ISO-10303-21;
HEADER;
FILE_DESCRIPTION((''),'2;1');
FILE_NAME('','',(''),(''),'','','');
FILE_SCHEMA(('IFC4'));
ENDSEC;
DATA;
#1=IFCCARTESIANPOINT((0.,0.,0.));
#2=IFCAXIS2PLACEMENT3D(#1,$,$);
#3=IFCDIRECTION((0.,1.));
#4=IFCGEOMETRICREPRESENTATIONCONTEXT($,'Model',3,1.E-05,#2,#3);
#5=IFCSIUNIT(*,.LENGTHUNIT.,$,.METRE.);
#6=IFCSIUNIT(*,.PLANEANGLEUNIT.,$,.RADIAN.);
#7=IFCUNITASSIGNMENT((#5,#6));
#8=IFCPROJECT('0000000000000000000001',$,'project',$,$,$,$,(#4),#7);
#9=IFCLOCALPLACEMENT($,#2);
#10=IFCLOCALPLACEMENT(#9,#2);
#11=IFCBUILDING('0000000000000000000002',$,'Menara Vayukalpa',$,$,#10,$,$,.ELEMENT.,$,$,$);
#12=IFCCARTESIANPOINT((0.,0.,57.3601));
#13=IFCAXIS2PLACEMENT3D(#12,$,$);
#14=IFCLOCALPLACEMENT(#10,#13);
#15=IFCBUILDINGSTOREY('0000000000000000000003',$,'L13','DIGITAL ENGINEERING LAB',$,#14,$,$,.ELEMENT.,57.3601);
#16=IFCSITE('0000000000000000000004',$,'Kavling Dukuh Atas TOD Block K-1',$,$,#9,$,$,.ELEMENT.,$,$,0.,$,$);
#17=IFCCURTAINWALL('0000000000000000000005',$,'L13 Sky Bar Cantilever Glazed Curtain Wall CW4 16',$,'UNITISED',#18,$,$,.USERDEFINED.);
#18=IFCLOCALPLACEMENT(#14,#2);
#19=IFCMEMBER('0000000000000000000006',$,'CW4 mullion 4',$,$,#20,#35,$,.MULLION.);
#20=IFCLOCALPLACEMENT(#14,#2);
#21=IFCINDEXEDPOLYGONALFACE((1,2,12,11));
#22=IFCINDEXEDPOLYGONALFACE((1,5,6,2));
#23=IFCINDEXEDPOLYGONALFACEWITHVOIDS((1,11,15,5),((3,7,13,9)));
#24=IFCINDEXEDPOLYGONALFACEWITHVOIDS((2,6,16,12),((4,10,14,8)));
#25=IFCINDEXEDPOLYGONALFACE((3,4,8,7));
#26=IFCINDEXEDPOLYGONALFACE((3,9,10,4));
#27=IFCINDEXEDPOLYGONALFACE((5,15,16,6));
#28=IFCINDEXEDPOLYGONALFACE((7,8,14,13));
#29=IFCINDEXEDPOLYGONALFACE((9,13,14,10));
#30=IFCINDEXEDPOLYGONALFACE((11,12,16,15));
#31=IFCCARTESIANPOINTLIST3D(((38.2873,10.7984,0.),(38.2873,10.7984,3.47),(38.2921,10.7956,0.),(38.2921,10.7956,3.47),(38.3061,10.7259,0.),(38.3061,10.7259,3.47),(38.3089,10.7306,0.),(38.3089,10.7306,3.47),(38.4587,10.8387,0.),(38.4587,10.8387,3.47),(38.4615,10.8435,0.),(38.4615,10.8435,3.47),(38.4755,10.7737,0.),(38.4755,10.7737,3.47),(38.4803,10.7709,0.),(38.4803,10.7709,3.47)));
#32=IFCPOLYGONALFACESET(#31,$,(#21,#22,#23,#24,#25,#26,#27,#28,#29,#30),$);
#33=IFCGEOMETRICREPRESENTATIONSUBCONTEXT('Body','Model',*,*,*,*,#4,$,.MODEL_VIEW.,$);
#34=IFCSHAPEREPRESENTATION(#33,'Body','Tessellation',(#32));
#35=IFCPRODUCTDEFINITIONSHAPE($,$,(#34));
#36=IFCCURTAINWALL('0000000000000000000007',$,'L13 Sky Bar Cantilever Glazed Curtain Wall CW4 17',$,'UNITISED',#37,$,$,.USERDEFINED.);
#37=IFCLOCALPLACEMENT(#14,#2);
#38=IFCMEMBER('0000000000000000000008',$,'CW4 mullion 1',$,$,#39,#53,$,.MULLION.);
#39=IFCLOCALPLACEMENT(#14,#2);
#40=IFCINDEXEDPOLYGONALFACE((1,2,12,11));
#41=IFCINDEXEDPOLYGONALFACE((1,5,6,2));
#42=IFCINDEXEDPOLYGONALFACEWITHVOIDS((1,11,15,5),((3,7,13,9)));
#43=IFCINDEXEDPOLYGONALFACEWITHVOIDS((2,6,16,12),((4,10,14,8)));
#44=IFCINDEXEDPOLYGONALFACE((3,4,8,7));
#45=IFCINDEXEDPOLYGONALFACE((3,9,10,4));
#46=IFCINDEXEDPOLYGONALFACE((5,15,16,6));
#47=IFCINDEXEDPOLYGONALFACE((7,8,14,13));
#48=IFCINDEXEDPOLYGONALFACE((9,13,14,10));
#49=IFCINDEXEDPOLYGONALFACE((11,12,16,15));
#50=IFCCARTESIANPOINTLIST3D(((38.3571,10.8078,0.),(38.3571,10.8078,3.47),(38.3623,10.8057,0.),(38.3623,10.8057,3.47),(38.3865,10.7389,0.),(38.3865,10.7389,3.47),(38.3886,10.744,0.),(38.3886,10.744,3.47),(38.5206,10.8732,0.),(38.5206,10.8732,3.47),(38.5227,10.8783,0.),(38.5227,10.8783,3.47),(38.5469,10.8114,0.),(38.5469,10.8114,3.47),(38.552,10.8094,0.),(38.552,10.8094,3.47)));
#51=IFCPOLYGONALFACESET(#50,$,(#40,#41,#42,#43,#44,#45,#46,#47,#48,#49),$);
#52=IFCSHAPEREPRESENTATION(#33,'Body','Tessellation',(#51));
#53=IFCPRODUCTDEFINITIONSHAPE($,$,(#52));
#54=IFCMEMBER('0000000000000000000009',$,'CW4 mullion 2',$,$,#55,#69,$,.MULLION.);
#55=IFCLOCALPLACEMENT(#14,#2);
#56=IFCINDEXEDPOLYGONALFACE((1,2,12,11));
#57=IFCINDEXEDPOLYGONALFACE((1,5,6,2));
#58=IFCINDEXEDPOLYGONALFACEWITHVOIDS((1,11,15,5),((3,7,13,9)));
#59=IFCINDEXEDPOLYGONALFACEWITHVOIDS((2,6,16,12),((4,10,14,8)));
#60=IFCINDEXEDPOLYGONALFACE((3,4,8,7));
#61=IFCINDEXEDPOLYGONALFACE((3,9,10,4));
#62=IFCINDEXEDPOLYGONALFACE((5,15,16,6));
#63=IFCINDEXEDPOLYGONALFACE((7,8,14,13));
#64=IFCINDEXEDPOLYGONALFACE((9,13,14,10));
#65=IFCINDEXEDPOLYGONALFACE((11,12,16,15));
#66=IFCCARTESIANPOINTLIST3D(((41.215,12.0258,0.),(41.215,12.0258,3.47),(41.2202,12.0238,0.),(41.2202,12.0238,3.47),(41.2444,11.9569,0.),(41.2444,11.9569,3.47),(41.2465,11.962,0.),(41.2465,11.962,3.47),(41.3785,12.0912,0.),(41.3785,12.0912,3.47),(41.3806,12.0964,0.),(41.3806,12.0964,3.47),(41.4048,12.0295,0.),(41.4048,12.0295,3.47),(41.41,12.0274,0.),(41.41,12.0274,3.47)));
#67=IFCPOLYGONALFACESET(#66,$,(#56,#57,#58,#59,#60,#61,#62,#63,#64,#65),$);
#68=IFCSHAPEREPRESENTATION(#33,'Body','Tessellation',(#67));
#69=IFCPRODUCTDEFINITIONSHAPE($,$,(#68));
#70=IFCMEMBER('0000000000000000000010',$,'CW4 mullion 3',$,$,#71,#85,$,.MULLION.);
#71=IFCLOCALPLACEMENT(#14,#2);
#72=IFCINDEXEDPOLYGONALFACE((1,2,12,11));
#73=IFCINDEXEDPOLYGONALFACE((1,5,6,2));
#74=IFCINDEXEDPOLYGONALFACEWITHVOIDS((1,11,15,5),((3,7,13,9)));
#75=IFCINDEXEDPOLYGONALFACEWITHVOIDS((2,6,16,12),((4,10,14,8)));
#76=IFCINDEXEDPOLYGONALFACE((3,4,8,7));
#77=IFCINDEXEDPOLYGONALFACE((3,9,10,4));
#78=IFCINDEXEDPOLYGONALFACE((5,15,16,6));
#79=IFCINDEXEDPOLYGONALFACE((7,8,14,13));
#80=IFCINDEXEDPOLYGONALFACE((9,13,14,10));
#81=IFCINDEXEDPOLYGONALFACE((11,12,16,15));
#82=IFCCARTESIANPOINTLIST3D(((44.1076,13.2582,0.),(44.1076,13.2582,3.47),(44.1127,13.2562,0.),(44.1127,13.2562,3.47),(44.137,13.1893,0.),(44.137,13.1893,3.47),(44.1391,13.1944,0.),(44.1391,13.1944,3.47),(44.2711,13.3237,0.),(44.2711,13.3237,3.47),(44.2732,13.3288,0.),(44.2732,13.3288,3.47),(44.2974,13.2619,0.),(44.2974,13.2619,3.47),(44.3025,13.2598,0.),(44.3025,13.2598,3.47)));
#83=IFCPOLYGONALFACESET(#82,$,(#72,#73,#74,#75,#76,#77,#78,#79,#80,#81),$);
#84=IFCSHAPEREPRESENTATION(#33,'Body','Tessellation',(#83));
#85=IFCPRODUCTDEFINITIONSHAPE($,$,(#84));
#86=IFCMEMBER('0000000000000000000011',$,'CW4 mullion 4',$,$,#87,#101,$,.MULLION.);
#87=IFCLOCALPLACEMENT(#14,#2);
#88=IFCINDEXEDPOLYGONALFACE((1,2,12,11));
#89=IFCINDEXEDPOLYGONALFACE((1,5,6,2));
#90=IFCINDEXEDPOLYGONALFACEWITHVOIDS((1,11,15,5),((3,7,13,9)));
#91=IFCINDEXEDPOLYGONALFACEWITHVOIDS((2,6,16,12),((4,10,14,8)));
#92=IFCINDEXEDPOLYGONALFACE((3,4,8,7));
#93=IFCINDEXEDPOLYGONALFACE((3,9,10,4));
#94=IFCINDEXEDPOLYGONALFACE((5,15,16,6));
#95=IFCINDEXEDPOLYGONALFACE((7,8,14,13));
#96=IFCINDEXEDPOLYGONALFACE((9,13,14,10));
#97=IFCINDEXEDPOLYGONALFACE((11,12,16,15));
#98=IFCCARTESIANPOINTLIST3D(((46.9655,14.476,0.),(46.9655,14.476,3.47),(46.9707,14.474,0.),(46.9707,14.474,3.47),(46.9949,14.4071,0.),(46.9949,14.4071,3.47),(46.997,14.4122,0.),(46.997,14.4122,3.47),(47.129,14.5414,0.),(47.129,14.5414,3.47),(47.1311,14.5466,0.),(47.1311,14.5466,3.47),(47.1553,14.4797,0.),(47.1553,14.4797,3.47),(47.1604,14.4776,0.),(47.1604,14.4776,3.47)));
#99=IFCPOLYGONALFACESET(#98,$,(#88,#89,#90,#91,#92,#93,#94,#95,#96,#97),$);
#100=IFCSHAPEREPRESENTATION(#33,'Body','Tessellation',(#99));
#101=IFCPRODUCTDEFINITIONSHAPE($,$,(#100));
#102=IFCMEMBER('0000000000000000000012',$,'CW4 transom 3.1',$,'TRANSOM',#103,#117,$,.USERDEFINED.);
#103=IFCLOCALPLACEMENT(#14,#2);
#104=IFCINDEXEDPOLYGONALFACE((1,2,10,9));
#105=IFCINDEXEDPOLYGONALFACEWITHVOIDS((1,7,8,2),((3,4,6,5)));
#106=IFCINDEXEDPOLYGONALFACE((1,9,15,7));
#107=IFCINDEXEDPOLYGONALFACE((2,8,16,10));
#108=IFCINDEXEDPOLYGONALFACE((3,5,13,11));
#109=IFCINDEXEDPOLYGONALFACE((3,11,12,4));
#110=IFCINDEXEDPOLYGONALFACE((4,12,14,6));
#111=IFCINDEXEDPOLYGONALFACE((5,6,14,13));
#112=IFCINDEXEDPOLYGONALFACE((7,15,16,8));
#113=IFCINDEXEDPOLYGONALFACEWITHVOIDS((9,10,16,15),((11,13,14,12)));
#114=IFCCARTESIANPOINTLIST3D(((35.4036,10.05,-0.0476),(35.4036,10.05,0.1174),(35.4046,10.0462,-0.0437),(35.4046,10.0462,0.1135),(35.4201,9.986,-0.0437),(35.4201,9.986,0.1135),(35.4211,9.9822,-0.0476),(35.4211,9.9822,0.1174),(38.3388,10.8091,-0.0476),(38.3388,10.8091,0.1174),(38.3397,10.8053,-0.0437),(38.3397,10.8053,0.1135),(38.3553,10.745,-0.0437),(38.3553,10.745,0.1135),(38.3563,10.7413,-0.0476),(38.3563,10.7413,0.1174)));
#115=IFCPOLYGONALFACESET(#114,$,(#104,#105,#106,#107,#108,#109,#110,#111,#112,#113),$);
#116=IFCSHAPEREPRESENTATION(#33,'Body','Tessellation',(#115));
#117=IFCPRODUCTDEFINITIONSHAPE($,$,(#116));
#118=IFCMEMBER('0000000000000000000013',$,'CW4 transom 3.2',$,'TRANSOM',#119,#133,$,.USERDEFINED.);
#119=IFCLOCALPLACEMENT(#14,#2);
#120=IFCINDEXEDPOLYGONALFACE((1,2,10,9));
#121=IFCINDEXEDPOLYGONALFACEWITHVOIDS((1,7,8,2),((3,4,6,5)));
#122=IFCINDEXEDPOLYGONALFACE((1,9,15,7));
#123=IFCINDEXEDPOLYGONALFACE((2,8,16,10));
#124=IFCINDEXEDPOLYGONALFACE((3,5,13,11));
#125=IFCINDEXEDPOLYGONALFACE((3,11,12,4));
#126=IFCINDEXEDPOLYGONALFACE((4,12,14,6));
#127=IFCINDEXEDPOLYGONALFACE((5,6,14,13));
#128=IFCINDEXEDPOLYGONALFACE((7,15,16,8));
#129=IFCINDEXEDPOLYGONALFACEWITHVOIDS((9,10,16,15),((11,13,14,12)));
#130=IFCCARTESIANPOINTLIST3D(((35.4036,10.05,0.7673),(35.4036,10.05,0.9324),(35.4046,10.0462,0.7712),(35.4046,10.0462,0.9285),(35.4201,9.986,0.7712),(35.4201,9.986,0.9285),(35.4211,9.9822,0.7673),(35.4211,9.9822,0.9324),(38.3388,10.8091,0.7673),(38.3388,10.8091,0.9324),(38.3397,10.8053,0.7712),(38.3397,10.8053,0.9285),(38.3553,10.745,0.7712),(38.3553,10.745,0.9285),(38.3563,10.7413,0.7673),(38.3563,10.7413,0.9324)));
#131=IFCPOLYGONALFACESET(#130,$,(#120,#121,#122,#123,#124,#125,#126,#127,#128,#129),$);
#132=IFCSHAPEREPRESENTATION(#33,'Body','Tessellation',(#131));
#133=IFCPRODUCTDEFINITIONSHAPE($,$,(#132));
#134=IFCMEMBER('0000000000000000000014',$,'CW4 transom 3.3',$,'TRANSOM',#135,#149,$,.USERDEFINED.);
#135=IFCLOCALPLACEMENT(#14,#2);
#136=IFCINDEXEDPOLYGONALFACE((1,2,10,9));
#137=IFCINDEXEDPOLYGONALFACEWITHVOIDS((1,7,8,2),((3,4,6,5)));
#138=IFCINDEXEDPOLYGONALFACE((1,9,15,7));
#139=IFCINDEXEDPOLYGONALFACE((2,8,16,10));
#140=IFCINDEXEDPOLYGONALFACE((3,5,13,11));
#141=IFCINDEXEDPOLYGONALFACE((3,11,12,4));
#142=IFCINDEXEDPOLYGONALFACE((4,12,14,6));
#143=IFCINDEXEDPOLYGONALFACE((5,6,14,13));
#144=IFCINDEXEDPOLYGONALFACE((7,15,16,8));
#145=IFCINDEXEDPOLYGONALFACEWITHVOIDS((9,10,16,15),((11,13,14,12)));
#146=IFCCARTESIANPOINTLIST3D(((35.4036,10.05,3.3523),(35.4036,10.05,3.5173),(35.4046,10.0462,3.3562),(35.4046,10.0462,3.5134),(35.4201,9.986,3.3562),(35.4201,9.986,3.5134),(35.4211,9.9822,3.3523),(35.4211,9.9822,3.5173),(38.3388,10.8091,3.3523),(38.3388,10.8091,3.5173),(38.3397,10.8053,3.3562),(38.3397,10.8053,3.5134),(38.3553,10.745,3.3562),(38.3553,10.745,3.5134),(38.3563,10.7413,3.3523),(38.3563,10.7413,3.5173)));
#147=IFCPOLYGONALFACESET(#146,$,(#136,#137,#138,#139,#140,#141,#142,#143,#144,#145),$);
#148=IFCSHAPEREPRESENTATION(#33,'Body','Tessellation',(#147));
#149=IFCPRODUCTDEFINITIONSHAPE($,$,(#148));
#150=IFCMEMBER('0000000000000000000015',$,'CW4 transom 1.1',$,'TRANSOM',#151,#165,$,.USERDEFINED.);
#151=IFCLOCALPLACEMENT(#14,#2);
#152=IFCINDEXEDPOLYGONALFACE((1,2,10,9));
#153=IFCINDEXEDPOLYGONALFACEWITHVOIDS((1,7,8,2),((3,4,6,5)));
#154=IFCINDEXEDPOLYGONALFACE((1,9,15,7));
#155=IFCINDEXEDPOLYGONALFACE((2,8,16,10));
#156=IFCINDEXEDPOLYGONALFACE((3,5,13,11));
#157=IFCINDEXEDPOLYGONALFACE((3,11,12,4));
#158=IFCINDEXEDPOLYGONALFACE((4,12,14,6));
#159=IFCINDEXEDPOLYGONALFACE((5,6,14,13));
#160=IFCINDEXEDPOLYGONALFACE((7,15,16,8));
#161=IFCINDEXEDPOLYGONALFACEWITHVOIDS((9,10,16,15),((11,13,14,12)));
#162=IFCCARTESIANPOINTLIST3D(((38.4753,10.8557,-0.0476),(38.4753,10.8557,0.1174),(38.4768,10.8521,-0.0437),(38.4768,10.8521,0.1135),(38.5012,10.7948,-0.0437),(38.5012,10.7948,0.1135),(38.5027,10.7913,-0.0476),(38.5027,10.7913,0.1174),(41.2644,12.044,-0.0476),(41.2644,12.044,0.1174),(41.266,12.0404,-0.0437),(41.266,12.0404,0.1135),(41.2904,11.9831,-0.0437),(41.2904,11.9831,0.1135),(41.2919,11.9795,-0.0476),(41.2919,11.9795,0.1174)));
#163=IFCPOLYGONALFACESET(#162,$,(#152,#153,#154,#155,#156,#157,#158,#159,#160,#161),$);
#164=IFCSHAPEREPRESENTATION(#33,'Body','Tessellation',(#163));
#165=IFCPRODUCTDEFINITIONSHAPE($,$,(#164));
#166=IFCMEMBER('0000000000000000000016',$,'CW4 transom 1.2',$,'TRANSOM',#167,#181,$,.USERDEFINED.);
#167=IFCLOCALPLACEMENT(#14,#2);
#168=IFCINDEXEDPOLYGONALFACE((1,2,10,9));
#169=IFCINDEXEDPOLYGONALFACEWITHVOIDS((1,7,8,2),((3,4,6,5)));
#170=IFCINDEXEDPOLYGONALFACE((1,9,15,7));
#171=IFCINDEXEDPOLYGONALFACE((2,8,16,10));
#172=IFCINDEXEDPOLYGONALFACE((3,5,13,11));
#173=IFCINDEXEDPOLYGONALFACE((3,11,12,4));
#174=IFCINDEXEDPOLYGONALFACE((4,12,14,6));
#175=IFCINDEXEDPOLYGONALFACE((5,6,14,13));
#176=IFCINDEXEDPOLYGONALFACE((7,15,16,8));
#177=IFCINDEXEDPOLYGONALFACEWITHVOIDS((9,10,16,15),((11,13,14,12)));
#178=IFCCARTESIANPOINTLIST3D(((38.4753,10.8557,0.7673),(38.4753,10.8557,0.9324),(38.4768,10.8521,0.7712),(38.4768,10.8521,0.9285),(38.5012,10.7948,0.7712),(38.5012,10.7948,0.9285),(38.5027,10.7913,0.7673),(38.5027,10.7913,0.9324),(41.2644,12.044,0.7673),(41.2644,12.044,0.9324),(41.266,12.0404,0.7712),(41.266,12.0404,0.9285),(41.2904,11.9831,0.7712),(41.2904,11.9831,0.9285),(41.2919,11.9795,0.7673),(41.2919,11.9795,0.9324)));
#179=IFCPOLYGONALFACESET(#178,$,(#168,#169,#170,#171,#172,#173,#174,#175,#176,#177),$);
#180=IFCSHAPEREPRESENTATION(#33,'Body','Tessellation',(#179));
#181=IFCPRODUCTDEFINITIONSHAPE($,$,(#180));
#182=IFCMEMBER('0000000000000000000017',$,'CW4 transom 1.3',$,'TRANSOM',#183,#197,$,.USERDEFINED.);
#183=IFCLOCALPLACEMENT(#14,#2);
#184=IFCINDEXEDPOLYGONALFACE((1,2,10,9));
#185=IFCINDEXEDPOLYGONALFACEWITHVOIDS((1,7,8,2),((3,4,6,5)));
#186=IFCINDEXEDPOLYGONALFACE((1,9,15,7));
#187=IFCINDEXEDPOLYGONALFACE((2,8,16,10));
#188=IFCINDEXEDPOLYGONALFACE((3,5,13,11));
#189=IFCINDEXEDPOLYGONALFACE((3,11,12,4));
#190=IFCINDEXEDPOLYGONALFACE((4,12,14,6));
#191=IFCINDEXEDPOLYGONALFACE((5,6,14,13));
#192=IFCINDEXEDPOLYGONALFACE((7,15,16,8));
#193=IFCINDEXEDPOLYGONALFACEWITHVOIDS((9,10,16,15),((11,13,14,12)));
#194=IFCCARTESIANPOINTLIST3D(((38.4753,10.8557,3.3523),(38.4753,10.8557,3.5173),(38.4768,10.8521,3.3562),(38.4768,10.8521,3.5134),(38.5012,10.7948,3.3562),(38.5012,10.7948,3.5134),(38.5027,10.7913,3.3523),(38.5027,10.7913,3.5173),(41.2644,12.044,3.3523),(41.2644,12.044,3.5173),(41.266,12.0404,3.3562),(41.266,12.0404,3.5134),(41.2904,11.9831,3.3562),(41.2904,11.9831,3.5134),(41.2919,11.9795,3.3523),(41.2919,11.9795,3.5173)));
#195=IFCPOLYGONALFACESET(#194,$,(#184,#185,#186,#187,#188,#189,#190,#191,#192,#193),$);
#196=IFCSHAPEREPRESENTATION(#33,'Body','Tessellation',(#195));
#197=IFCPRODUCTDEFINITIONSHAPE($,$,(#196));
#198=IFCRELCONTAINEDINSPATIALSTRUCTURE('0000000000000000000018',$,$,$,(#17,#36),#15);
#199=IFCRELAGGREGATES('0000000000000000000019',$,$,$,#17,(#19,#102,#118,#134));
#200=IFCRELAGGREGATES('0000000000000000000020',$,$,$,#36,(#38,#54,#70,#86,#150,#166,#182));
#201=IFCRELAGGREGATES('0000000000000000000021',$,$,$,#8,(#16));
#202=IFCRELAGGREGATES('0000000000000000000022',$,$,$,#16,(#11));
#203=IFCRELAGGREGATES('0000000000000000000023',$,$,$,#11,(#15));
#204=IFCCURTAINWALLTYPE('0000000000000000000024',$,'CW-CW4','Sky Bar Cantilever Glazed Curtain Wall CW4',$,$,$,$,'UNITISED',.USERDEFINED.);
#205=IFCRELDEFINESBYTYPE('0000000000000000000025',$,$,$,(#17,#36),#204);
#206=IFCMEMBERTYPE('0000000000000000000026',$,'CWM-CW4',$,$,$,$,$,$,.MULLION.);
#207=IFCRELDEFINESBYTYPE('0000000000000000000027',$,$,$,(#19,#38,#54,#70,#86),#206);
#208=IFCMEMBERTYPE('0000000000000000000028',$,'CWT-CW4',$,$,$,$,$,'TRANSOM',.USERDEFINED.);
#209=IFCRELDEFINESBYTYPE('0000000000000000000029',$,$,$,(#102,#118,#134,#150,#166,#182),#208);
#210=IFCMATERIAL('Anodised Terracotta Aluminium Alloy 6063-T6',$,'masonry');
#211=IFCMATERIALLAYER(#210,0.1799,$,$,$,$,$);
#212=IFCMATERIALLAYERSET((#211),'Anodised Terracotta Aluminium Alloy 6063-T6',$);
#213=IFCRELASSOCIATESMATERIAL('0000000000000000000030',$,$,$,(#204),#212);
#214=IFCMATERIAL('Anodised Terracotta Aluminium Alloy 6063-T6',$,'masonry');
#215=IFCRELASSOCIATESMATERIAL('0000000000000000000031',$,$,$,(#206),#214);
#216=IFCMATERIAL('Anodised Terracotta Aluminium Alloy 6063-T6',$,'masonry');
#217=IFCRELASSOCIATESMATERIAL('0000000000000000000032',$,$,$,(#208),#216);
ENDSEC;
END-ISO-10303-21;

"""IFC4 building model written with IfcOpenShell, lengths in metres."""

from ifc_helpers import new_model, si_unit, direction, frame, origin, origin_2d, place, context, subcontext, project, spatial, hollow_rectangle, extrude, material, layer, layer_set, material_profile, profile_set, type_object, element, aggregate, save


model = new_model("IFC4")

# Units and contexts
model_context = context("Model", 3, precision=1e-05, world=origin(), true_north=direction((0.0, 1.0)))
body_context = subcontext(model_context, "Body", "Model", "MODEL_VIEW")
ifc_project = project(units=[si_unit("LENGTHUNIT", "METRE"), si_unit("PLANEANGLEUNIT", "RADIAN")], contexts=[model_context])

# Site, building, storey
site_placement = place(None, origin())
site = spatial("IfcSite", under=ifc_project, at=site_placement, Name="Kavling Dukuh Atas TOD Block K-1", CompositionType="ELEMENT", RefElevation=0.0)
building_placement = place(site_placement, origin())
building = spatial("IfcBuilding", under=site, at=building_placement, Name="Menara Vayukalpa", CompositionType="ELEMENT")
storey_placement = place(building_placement, frame((0.0, 0.0, 57.3601)))
storey = spatial("IfcBuildingStorey", under=building, at=storey_placement, Name="L13", Description="DIGITAL ENGINEERING LAB", CompositionType="ELEMENT", Elevation=57.3601)

# Curtain walls, members
ifc_material_1 = material(Name="Anodised Terracotta Aluminium Alloy 6063-T6", Category="masonry")
ifc_layer_1 = layer(ifc_material_1, 0.1799)
ifc_layer_set_1 = layer_set([ifc_layer_1], Name="Anodised Terracotta Aluminium Alloy 6063-T6")
curtain_wall_type = type_object("IfcCurtainWallType", Name="CW-CW4", Description="Sky Bar Cantilever Glazed Curtain Wall CW4", ElementType="UNITISED", PredefinedType="USERDEFINED", material=ifc_layer_set_1)
curtain_wall_1_placement = place(storey_placement, origin())
curtain_wall_1 = element("IfcCurtainWall", 1, at=curtain_wall_1_placement, inside=storey, type_object=curtain_wall_type, Name="L13 Sky Bar Cantilever Glazed Curtain Wall CW4 16", ObjectType="UNITISED", PredefinedType="USERDEFINED")
ifc_material_2 = material(Name="Anodised Terracotta Aluminium Alloy 6063-T6", Category="masonry")
ifc_material_profile_1 = material_profile(ifc_material_2, hollow_rectangle(XDim=0.075, YDim=0.1799, WallThickness=0.0039, at=origin_2d()), Name="ALU 75x180x4")
ifc_profile_set_1 = profile_set([ifc_material_profile_1], Name="Anodised Terracotta Aluminium Alloy 6063-T6")
member_type_1 = type_object("IfcMemberType", Name="CWM-CW4", PredefinedType="MULLION", material=ifc_profile_set_1)
member_1_placement = place(storey_placement, frame((38.3838, 10.7847, 0.0), z_axis=(0.0, 0.0, 1.0), x_axis=(-0.250403, 0.968142, 0.0)))
member_1 = element("IfcMember", 2, at=member_1_placement, type_object=member_type_1, Name="CW4 mullion 4", PredefinedType="MULLION", context=body_context, shape_type="SweptSolid", body=[
    extrude(hollow_rectangle(XDim=0.075, YDim=0.1799, WallThickness=0.0039, at=origin_2d()), origin(), (0.0, 0.0, 1.0), 3.47),
])
curtain_wall_2_placement = place(storey_placement, origin())
curtain_wall_2 = element("IfcCurtainWall", 3, at=curtain_wall_2_placement, inside=storey, type_object=curtain_wall_type, Name="L13 Sky Bar Cantilever Glazed Curtain Wall CW4 17", ObjectType="UNITISED", PredefinedType="USERDEFINED")
member_2_placement = place(storey_placement, frame((38.4546, 10.8086, 0.0), z_axis=(0.0, 0.0, 1.0), x_axis=(-0.392008, 0.919962, 0.0)))
member_2 = element("IfcMember", 4, at=member_2_placement, type_object=member_type_1, Name="CW4 mullion 1", PredefinedType="MULLION", context=body_context, shape_type="SweptSolid", body=[
    extrude(hollow_rectangle(XDim=0.075, YDim=0.1799, WallThickness=0.0039, at=origin_2d()), origin(), (0.0, 0.0, 1.0), 3.47),
])
member_3_placement = place(storey_placement, frame((41.3125, 12.0266, 0.0), z_axis=(0.0, 0.0, 1.0), x_axis=(-0.392008, 0.919962, 0.0)))
member_3 = element("IfcMember", 5, at=member_3_placement, type_object=member_type_1, Name="CW4 mullion 2", PredefinedType="MULLION", context=body_context, shape_type="SweptSolid", body=[
    extrude(hollow_rectangle(XDim=0.075, YDim=0.1799, WallThickness=0.0039, at=origin_2d()), origin(), (0.0, 0.0, 1.0), 3.47),
])
member_4_placement = place(storey_placement, frame((44.2051, 13.259, 0.0), z_axis=(0.0, 0.0, 1.0), x_axis=(-0.392008, 0.919962, 0.0)))
member_4 = element("IfcMember", 6, at=member_4_placement, type_object=member_type_1, Name="CW4 mullion 3", PredefinedType="MULLION", context=body_context, shape_type="SweptSolid", body=[
    extrude(hollow_rectangle(XDim=0.075, YDim=0.1799, WallThickness=0.0039, at=origin_2d()), origin(), (0.0, 0.0, 1.0), 3.47),
])
member_5_placement = place(storey_placement, frame((47.063, 14.4768, 0.0), z_axis=(0.0, 0.0, 1.0), x_axis=(-0.392008, 0.919962, 0.0)))
member_5 = element("IfcMember", 7, at=member_5_placement, type_object=member_type_1, Name="CW4 mullion 4", PredefinedType="MULLION", context=body_context, shape_type="SweptSolid", body=[
    extrude(hollow_rectangle(XDim=0.075, YDim=0.1799, WallThickness=0.0039, at=origin_2d()), origin(), (0.0, 0.0, 1.0), 3.47),
])

# Members
ifc_material_3 = material(Name="Anodised Terracotta Aluminium Alloy 6063-T6", Category="masonry")
ifc_material_profile_2 = material_profile(ifc_material_3, hollow_rectangle(XDim=0.0701, YDim=0.165, WallThickness=0.0039, at=origin_2d()), Name="ALU 70x165x4")
ifc_profile_set_2 = profile_set([ifc_material_profile_2], Name="Anodised Terracotta Aluminium Alloy 6063-T6")
member_type_2 = type_object("IfcMemberType", Name="CWT-CW4", ElementType="TRANSOM", PredefinedType="USERDEFINED", material=ifc_profile_set_2)
member_6_placement = place(storey_placement, frame((35.4124, 10.0161, 0.0349), z_axis=(0.96815, 0.250372, 0.0), x_axis=(-0.250372, 0.96815, 0.0)))
member_6 = element("IfcMember", 8, at=member_6_placement, type_object=member_type_2, Name="CW4 transom 3.1", ObjectType="TRANSOM", PredefinedType="USERDEFINED", context=body_context, shape_type="SweptSolid", body=[
    extrude(hollow_rectangle(XDim=0.0701, YDim=0.165, WallThickness=0.0039, at=origin_2d()), origin(), (0.0, 0.0, 1.0), 3.0317),
])
member_7_placement = place(storey_placement, frame((35.4124, 10.0161, 0.8499), z_axis=(0.96815, 0.250372, 0.0), x_axis=(-0.250372, 0.96815, 0.0)))
member_7 = element("IfcMember", 9, at=member_7_placement, type_object=member_type_2, Name="CW4 transom 3.2", ObjectType="TRANSOM", PredefinedType="USERDEFINED", context=body_context, shape_type="SweptSolid", body=[
    extrude(hollow_rectangle(XDim=0.0701, YDim=0.165, WallThickness=0.0039, at=origin_2d()), origin(), (0.0, 0.0, 1.0), 3.0317),
])
member_8_placement = place(storey_placement, frame((35.4124, 10.0161, 3.4348), z_axis=(0.96815, 0.250372, 0.0), x_axis=(-0.250372, 0.96815, 0.0)))
member_8 = element("IfcMember", 10, at=member_8_placement, type_object=member_type_2, Name="CW4 transom 3.3", ObjectType="TRANSOM", PredefinedType="USERDEFINED", context=body_context, shape_type="SweptSolid", body=[
    extrude(hollow_rectangle(XDim=0.0701, YDim=0.165, WallThickness=0.0039, at=origin_2d()), origin(), (0.0, 0.0, 1.0), 3.0317),
])
member_9_placement = place(storey_placement, frame((38.489, 10.8235, 0.0349), z_axis=(0.919988, 0.391945, 0.0), x_axis=(-0.391945, 0.919988, 0.0)))
member_9 = element("IfcMember", 11, at=member_9_placement, type_object=member_type_2, Name="CW4 transom 1.1", ObjectType="TRANSOM", PredefinedType="USERDEFINED", context=body_context, shape_type="SweptSolid", body=[
    extrude(hollow_rectangle(XDim=0.0701, YDim=0.165, WallThickness=0.0039, at=origin_2d()), origin(), (0.0, 0.0, 1.0), 3.0317),
])
member_10_placement = place(storey_placement, frame((38.489, 10.8235, 0.8499), z_axis=(0.919988, 0.391945, 0.0), x_axis=(-0.391945, 0.919988, 0.0)))
member_10 = element("IfcMember", 12, at=member_10_placement, type_object=member_type_2, Name="CW4 transom 1.2", ObjectType="TRANSOM", PredefinedType="USERDEFINED", context=body_context, shape_type="SweptSolid", body=[
    extrude(hollow_rectangle(XDim=0.0701, YDim=0.165, WallThickness=0.0039, at=origin_2d()), origin(), (0.0, 0.0, 1.0), 3.0317),
])
member_11_placement = place(storey_placement, frame((38.489, 10.8235, 3.4348), z_axis=(0.919988, 0.391945, 0.0), x_axis=(-0.391945, 0.919988, 0.0)))
member_11 = element("IfcMember", 13, at=member_11_placement, type_object=member_type_2, Name="CW4 transom 1.3", ObjectType="TRANSOM", PredefinedType="USERDEFINED", context=body_context, shape_type="SweptSolid", body=[
    extrude(hollow_rectangle(XDim=0.0701, YDim=0.165, WallThickness=0.0039, at=origin_2d()), origin(), (0.0, 0.0, 1.0), 3.0317),
])

aggregate(curtain_wall_1, [member_1, member_6, member_7, member_8])
aggregate(curtain_wall_2, [member_2, member_3, member_4, member_5, member_9, member_10, member_11])

save(model, "model.ifc")
